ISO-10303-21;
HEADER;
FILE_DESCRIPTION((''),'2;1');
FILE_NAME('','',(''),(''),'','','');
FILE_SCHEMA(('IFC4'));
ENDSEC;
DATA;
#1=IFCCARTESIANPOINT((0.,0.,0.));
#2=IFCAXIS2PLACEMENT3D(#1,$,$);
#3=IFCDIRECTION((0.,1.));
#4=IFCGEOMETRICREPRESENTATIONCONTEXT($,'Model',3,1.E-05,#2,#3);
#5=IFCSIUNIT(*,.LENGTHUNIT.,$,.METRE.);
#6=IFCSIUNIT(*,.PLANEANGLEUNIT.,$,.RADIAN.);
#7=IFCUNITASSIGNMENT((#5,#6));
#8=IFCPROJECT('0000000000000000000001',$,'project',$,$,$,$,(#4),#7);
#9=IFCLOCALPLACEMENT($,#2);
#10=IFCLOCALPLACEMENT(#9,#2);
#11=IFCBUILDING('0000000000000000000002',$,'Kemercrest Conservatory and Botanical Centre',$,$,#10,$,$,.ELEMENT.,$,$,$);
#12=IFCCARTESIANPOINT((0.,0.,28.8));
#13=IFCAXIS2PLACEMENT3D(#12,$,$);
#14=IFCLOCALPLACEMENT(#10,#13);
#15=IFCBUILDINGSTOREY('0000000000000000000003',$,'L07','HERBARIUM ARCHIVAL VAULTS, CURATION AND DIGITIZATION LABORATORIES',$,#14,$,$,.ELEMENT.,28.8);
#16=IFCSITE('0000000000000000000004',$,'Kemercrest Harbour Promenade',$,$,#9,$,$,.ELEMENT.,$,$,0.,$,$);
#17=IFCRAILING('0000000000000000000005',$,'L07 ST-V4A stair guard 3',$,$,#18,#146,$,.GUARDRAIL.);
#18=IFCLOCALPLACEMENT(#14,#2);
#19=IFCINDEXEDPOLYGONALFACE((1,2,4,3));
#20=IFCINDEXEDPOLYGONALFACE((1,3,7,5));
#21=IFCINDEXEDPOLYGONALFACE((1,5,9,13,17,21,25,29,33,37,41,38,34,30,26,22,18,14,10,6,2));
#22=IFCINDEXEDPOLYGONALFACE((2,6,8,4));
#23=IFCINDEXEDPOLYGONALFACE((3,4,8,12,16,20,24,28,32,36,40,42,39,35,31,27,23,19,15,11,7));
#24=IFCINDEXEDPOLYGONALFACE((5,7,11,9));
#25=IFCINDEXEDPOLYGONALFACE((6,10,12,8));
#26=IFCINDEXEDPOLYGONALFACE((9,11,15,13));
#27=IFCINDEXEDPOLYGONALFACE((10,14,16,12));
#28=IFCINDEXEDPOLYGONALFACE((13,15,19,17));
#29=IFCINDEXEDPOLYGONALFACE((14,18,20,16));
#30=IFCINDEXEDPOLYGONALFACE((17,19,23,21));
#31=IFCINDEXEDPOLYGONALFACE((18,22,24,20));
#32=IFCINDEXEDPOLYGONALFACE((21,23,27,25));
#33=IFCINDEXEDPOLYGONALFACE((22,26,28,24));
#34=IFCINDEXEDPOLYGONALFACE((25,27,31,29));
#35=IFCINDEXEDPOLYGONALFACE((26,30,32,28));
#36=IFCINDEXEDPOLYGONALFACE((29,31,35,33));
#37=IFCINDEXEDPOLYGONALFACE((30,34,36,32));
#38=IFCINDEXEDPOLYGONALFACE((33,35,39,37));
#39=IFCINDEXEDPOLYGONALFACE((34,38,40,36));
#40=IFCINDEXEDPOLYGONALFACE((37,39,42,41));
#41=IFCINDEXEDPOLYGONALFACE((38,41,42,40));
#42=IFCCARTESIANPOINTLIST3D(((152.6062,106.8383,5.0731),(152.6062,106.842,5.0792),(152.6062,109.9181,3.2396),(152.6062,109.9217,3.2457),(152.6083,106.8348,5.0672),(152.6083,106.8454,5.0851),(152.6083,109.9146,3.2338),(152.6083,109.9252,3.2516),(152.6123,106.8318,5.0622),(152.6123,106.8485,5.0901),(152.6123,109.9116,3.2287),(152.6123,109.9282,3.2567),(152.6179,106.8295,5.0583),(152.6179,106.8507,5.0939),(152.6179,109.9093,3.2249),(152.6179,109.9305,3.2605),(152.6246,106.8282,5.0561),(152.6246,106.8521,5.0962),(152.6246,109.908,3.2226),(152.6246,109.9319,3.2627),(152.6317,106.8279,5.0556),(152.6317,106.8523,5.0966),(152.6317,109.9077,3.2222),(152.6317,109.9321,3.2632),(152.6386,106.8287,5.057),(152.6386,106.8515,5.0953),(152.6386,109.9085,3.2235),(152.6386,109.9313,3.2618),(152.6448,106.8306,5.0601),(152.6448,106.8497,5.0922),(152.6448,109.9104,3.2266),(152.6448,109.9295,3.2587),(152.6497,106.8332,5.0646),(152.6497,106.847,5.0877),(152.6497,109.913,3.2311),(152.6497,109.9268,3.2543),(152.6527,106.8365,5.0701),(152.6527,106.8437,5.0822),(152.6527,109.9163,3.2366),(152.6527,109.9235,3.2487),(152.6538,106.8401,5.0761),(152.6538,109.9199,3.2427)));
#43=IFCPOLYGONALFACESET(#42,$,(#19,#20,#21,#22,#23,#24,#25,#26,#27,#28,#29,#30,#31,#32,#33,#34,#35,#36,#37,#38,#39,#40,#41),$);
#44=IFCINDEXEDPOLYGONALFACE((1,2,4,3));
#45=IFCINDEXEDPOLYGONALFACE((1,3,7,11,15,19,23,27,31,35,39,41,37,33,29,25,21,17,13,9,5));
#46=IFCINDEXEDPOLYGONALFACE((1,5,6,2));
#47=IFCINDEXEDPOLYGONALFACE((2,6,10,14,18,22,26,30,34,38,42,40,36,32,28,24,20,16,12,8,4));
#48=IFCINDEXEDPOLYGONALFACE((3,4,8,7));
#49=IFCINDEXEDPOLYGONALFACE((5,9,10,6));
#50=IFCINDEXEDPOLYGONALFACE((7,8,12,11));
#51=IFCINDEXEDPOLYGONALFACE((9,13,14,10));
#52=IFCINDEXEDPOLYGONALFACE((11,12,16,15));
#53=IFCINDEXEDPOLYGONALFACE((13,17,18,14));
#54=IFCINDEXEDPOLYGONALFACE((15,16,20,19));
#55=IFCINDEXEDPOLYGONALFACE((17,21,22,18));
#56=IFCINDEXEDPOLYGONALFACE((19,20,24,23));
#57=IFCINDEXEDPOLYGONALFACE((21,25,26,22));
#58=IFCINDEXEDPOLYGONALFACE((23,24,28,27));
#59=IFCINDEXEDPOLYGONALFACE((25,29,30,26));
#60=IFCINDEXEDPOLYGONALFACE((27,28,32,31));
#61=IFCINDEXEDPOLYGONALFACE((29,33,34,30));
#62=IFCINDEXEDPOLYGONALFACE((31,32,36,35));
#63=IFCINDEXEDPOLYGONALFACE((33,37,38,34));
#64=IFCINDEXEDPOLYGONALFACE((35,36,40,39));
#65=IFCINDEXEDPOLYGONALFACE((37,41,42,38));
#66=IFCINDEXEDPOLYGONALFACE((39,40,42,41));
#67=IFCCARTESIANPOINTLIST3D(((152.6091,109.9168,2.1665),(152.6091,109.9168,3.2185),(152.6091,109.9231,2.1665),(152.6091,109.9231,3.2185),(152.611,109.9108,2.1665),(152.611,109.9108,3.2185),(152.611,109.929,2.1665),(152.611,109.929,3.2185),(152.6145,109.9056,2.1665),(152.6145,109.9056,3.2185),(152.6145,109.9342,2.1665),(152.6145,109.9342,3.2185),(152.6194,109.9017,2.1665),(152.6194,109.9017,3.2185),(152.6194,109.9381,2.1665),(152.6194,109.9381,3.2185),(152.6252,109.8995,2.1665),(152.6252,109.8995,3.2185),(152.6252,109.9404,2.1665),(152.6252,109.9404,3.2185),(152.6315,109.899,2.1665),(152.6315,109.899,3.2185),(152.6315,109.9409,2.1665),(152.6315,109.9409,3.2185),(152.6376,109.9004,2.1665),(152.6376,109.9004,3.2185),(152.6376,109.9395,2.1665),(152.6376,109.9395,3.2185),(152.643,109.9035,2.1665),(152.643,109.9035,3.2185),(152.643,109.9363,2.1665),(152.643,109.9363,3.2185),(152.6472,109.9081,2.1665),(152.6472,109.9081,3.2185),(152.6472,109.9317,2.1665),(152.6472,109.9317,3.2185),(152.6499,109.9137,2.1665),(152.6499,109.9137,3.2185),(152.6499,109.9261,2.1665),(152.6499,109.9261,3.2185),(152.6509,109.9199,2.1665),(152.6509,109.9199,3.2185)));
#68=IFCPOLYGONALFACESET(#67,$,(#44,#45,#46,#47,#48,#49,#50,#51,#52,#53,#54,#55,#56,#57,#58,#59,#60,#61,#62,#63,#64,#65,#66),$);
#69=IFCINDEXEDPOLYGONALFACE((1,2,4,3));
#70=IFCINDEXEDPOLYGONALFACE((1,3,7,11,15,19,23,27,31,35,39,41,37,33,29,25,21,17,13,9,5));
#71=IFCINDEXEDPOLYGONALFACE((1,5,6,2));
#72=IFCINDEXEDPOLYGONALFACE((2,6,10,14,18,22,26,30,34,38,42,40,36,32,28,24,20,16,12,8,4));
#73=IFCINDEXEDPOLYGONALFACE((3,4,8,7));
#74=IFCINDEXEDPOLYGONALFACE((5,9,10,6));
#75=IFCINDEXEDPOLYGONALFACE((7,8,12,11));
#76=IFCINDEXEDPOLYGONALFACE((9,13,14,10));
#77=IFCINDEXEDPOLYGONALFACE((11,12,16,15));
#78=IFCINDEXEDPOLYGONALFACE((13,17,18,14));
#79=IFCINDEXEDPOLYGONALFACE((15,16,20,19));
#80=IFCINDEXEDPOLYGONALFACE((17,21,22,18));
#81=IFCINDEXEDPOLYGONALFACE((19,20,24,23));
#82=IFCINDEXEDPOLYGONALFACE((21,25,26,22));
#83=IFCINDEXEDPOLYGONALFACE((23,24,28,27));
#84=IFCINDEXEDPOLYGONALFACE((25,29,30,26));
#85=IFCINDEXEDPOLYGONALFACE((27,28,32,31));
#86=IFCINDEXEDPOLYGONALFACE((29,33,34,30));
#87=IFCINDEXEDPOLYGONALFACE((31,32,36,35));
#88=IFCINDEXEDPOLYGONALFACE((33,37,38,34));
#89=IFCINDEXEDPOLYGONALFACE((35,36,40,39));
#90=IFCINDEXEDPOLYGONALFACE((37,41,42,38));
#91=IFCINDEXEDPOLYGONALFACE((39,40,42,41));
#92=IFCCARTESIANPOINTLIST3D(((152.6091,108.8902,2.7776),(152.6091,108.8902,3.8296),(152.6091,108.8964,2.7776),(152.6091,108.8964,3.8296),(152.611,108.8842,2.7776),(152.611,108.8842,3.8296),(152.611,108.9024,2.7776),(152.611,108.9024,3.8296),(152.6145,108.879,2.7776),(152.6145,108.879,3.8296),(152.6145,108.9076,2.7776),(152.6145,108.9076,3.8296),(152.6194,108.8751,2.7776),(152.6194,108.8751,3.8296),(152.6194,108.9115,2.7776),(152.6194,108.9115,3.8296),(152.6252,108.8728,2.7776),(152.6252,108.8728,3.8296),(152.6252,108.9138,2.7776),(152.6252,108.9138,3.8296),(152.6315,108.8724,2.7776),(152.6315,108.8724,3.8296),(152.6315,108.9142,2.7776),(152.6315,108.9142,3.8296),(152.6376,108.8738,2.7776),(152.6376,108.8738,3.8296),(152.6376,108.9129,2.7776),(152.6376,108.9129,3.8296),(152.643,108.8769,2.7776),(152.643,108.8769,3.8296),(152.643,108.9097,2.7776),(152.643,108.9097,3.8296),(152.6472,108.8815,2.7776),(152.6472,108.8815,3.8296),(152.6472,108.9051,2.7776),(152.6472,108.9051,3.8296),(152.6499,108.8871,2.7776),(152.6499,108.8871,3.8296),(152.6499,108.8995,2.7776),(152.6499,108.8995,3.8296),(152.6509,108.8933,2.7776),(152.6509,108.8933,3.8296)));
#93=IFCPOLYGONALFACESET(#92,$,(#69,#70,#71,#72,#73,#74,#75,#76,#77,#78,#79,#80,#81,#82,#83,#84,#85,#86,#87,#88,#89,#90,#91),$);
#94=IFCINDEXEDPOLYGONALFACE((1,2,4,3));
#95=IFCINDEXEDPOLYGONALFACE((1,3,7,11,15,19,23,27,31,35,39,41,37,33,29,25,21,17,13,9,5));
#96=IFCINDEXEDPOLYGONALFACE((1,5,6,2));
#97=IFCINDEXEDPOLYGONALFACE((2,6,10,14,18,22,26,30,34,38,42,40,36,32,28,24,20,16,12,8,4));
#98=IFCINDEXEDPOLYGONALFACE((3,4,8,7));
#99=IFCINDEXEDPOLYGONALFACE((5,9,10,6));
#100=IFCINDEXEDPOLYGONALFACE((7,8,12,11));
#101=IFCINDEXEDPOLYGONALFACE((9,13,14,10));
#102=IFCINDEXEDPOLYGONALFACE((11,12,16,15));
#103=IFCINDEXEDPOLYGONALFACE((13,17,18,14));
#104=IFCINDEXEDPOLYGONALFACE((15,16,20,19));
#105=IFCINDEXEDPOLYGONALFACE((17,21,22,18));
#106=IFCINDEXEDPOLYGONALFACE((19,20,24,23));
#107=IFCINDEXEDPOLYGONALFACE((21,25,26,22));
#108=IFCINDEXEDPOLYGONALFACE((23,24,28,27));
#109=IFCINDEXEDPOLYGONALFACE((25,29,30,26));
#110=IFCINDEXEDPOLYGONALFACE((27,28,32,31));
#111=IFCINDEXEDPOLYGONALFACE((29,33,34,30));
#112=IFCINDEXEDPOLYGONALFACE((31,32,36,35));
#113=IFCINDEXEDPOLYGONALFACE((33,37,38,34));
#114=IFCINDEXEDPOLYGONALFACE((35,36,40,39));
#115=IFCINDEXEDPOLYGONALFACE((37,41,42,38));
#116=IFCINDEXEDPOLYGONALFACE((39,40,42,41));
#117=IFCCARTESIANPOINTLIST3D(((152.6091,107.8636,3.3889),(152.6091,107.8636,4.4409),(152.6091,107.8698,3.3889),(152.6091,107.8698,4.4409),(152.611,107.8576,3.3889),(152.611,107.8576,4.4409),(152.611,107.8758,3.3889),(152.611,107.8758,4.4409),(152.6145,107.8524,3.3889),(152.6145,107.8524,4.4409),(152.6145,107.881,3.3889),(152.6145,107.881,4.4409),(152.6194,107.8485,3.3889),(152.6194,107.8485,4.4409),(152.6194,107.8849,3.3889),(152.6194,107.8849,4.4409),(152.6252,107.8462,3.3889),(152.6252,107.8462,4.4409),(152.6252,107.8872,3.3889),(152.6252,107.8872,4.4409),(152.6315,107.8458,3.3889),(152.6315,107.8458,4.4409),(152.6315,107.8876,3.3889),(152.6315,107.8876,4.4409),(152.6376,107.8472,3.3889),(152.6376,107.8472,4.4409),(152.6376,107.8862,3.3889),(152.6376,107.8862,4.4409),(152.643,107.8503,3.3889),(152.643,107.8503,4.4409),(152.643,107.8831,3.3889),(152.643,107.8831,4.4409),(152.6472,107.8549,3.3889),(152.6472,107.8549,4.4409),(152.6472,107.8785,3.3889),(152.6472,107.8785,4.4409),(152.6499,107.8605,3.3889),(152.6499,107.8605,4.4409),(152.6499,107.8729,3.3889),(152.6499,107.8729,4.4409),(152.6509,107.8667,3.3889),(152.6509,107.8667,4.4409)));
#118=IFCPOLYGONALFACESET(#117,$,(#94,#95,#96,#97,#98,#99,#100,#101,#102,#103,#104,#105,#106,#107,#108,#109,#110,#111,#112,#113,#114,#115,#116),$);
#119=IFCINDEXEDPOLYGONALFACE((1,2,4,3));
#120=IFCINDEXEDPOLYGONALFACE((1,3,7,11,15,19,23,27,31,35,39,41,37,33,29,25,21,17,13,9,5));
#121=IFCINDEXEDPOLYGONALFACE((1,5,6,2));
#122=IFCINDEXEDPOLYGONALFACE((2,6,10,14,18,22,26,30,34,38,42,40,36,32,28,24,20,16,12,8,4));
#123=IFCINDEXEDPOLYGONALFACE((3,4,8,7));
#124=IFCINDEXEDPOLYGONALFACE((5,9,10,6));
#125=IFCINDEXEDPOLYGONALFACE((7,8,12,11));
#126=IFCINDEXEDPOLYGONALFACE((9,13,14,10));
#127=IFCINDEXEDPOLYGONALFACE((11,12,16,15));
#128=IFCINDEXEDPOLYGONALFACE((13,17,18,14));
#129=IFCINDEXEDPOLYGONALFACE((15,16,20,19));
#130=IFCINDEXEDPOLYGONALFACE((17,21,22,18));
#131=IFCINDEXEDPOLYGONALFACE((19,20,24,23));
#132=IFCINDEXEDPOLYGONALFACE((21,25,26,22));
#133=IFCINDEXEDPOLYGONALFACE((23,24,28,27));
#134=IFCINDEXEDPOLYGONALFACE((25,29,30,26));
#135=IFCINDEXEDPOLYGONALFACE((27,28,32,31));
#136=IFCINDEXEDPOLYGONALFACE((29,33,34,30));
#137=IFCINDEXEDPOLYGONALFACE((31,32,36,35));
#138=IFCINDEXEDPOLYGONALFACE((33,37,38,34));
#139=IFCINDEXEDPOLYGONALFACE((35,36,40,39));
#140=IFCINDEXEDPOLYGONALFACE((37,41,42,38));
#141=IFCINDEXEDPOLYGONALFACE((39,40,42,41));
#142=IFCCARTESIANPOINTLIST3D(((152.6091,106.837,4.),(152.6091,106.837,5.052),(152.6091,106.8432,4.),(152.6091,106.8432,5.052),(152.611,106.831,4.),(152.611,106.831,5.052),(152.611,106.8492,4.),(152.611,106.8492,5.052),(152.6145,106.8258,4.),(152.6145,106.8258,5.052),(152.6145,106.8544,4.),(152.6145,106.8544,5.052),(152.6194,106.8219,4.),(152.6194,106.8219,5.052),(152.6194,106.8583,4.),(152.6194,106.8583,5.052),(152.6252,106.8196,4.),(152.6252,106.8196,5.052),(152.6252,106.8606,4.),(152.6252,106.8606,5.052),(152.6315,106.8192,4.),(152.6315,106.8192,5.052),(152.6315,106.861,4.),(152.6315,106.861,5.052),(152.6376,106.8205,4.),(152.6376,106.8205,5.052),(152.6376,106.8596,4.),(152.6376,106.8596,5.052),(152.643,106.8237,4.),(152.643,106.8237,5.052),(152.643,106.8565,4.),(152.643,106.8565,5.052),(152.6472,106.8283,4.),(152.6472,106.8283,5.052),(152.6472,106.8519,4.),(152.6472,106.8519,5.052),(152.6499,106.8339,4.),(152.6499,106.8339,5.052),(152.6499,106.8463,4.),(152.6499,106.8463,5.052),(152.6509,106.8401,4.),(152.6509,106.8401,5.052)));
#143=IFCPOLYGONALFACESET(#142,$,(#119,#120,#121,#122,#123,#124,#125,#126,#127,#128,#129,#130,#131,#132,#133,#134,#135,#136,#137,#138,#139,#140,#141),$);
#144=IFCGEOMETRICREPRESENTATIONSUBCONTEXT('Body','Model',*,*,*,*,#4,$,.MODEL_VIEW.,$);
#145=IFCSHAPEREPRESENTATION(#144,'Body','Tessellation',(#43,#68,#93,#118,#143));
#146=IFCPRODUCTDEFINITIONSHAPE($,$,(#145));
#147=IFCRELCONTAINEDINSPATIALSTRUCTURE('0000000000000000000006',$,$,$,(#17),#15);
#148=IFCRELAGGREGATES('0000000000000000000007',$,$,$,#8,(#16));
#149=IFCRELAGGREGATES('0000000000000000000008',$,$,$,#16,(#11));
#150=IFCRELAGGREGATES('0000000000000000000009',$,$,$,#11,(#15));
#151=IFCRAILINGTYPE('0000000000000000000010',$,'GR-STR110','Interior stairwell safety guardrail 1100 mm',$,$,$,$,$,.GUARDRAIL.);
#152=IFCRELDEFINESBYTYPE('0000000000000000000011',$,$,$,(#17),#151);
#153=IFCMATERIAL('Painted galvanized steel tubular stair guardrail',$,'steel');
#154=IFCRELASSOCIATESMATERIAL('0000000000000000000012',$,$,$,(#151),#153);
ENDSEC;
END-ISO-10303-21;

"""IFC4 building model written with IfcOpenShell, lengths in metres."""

from ifc_helpers import new_model, si_unit, direction, frame, origin, origin_2d, place, context, subcontext, project, spatial, circle, extrude, material, type_object, element, save


model = new_model("IFC4")

# Units and contexts
model_context = context("Model", 3, precision=1e-05, world=origin(), true_north=direction((0.0, 1.0)))
body_context = subcontext(model_context, "Body", "Model", "MODEL_VIEW")
ifc_project = project(units=[si_unit("LENGTHUNIT", "METRE"), si_unit("PLANEANGLEUNIT", "RADIAN")], contexts=[model_context])

# Site, building, storey
site_placement = place(None, origin())
site = spatial("IfcSite", under=ifc_project, at=site_placement, Name="Kemercrest Harbour Promenade", CompositionType="ELEMENT", RefElevation=0.0)
building_placement = place(site_placement, origin())
building = spatial("IfcBuilding", under=site, at=building_placement, Name="Kemercrest Conservatory and Botanical Centre", CompositionType="ELEMENT")
storey_placement = place(building_placement, frame((0.0, 0.0, 28.8)))
storey = spatial("IfcBuildingStorey", under=building, at=storey_placement, Name="L07", Description="HERBARIUM ARCHIVAL VAULTS, CURATION AND DIGITIZATION LABORATORIES", CompositionType="ELEMENT", Elevation=28.8)

# Railing
ifc_material_1 = material(Name="Painted galvanized steel tubular stair guardrail", Category="steel")
railing_type_1 = type_object("IfcRailingType", Name="GR-STR110", Description="Interior stairwell safety guardrail 1100 mm", PredefinedType="GUARDRAIL", material=ifc_material_1)
railing_1_placement = place(storey_placement, frame((152.6299, 109.9199, 2.1665)))
element("IfcRailing", 1, at=railing_1_placement, inside=storey, type_object=railing_type_1, Name="L07 ST-V4A stair guard 3", PredefinedType="GUARDRAIL", context=body_context, shape_type="SweptSolid", body=[
    extrude(circle(Radius=0.0239, at=origin_2d()), frame((0.0, 0.0, 1.0762), z_axis=(0.0, -0.859261, 0.511538), x_axis=(1.0, 0.0, 0.0)), (0.0, 0.0, 1.0), 3.5842),
    extrude(circle(Radius=0.021, at=origin_2d()), origin(), (0.0, 0.0, 1.0), 1.052),
    extrude(circle(Radius=0.021, at=origin_2d()), frame((0.0, -1.0266, 0.6111)), (0.0, 0.0, 1.0), 1.052),
    extrude(circle(Radius=0.021, at=origin_2d()), frame((0.0, -2.0532, 1.2224)), (0.0, 0.0, 1.0), 1.052),
    extrude(circle(Radius=0.021, at=origin_2d()), frame((0.0, -3.0798, 1.8335)), (0.0, 0.0, 1.0), 1.052),
])

save(model, "model.ifc")
